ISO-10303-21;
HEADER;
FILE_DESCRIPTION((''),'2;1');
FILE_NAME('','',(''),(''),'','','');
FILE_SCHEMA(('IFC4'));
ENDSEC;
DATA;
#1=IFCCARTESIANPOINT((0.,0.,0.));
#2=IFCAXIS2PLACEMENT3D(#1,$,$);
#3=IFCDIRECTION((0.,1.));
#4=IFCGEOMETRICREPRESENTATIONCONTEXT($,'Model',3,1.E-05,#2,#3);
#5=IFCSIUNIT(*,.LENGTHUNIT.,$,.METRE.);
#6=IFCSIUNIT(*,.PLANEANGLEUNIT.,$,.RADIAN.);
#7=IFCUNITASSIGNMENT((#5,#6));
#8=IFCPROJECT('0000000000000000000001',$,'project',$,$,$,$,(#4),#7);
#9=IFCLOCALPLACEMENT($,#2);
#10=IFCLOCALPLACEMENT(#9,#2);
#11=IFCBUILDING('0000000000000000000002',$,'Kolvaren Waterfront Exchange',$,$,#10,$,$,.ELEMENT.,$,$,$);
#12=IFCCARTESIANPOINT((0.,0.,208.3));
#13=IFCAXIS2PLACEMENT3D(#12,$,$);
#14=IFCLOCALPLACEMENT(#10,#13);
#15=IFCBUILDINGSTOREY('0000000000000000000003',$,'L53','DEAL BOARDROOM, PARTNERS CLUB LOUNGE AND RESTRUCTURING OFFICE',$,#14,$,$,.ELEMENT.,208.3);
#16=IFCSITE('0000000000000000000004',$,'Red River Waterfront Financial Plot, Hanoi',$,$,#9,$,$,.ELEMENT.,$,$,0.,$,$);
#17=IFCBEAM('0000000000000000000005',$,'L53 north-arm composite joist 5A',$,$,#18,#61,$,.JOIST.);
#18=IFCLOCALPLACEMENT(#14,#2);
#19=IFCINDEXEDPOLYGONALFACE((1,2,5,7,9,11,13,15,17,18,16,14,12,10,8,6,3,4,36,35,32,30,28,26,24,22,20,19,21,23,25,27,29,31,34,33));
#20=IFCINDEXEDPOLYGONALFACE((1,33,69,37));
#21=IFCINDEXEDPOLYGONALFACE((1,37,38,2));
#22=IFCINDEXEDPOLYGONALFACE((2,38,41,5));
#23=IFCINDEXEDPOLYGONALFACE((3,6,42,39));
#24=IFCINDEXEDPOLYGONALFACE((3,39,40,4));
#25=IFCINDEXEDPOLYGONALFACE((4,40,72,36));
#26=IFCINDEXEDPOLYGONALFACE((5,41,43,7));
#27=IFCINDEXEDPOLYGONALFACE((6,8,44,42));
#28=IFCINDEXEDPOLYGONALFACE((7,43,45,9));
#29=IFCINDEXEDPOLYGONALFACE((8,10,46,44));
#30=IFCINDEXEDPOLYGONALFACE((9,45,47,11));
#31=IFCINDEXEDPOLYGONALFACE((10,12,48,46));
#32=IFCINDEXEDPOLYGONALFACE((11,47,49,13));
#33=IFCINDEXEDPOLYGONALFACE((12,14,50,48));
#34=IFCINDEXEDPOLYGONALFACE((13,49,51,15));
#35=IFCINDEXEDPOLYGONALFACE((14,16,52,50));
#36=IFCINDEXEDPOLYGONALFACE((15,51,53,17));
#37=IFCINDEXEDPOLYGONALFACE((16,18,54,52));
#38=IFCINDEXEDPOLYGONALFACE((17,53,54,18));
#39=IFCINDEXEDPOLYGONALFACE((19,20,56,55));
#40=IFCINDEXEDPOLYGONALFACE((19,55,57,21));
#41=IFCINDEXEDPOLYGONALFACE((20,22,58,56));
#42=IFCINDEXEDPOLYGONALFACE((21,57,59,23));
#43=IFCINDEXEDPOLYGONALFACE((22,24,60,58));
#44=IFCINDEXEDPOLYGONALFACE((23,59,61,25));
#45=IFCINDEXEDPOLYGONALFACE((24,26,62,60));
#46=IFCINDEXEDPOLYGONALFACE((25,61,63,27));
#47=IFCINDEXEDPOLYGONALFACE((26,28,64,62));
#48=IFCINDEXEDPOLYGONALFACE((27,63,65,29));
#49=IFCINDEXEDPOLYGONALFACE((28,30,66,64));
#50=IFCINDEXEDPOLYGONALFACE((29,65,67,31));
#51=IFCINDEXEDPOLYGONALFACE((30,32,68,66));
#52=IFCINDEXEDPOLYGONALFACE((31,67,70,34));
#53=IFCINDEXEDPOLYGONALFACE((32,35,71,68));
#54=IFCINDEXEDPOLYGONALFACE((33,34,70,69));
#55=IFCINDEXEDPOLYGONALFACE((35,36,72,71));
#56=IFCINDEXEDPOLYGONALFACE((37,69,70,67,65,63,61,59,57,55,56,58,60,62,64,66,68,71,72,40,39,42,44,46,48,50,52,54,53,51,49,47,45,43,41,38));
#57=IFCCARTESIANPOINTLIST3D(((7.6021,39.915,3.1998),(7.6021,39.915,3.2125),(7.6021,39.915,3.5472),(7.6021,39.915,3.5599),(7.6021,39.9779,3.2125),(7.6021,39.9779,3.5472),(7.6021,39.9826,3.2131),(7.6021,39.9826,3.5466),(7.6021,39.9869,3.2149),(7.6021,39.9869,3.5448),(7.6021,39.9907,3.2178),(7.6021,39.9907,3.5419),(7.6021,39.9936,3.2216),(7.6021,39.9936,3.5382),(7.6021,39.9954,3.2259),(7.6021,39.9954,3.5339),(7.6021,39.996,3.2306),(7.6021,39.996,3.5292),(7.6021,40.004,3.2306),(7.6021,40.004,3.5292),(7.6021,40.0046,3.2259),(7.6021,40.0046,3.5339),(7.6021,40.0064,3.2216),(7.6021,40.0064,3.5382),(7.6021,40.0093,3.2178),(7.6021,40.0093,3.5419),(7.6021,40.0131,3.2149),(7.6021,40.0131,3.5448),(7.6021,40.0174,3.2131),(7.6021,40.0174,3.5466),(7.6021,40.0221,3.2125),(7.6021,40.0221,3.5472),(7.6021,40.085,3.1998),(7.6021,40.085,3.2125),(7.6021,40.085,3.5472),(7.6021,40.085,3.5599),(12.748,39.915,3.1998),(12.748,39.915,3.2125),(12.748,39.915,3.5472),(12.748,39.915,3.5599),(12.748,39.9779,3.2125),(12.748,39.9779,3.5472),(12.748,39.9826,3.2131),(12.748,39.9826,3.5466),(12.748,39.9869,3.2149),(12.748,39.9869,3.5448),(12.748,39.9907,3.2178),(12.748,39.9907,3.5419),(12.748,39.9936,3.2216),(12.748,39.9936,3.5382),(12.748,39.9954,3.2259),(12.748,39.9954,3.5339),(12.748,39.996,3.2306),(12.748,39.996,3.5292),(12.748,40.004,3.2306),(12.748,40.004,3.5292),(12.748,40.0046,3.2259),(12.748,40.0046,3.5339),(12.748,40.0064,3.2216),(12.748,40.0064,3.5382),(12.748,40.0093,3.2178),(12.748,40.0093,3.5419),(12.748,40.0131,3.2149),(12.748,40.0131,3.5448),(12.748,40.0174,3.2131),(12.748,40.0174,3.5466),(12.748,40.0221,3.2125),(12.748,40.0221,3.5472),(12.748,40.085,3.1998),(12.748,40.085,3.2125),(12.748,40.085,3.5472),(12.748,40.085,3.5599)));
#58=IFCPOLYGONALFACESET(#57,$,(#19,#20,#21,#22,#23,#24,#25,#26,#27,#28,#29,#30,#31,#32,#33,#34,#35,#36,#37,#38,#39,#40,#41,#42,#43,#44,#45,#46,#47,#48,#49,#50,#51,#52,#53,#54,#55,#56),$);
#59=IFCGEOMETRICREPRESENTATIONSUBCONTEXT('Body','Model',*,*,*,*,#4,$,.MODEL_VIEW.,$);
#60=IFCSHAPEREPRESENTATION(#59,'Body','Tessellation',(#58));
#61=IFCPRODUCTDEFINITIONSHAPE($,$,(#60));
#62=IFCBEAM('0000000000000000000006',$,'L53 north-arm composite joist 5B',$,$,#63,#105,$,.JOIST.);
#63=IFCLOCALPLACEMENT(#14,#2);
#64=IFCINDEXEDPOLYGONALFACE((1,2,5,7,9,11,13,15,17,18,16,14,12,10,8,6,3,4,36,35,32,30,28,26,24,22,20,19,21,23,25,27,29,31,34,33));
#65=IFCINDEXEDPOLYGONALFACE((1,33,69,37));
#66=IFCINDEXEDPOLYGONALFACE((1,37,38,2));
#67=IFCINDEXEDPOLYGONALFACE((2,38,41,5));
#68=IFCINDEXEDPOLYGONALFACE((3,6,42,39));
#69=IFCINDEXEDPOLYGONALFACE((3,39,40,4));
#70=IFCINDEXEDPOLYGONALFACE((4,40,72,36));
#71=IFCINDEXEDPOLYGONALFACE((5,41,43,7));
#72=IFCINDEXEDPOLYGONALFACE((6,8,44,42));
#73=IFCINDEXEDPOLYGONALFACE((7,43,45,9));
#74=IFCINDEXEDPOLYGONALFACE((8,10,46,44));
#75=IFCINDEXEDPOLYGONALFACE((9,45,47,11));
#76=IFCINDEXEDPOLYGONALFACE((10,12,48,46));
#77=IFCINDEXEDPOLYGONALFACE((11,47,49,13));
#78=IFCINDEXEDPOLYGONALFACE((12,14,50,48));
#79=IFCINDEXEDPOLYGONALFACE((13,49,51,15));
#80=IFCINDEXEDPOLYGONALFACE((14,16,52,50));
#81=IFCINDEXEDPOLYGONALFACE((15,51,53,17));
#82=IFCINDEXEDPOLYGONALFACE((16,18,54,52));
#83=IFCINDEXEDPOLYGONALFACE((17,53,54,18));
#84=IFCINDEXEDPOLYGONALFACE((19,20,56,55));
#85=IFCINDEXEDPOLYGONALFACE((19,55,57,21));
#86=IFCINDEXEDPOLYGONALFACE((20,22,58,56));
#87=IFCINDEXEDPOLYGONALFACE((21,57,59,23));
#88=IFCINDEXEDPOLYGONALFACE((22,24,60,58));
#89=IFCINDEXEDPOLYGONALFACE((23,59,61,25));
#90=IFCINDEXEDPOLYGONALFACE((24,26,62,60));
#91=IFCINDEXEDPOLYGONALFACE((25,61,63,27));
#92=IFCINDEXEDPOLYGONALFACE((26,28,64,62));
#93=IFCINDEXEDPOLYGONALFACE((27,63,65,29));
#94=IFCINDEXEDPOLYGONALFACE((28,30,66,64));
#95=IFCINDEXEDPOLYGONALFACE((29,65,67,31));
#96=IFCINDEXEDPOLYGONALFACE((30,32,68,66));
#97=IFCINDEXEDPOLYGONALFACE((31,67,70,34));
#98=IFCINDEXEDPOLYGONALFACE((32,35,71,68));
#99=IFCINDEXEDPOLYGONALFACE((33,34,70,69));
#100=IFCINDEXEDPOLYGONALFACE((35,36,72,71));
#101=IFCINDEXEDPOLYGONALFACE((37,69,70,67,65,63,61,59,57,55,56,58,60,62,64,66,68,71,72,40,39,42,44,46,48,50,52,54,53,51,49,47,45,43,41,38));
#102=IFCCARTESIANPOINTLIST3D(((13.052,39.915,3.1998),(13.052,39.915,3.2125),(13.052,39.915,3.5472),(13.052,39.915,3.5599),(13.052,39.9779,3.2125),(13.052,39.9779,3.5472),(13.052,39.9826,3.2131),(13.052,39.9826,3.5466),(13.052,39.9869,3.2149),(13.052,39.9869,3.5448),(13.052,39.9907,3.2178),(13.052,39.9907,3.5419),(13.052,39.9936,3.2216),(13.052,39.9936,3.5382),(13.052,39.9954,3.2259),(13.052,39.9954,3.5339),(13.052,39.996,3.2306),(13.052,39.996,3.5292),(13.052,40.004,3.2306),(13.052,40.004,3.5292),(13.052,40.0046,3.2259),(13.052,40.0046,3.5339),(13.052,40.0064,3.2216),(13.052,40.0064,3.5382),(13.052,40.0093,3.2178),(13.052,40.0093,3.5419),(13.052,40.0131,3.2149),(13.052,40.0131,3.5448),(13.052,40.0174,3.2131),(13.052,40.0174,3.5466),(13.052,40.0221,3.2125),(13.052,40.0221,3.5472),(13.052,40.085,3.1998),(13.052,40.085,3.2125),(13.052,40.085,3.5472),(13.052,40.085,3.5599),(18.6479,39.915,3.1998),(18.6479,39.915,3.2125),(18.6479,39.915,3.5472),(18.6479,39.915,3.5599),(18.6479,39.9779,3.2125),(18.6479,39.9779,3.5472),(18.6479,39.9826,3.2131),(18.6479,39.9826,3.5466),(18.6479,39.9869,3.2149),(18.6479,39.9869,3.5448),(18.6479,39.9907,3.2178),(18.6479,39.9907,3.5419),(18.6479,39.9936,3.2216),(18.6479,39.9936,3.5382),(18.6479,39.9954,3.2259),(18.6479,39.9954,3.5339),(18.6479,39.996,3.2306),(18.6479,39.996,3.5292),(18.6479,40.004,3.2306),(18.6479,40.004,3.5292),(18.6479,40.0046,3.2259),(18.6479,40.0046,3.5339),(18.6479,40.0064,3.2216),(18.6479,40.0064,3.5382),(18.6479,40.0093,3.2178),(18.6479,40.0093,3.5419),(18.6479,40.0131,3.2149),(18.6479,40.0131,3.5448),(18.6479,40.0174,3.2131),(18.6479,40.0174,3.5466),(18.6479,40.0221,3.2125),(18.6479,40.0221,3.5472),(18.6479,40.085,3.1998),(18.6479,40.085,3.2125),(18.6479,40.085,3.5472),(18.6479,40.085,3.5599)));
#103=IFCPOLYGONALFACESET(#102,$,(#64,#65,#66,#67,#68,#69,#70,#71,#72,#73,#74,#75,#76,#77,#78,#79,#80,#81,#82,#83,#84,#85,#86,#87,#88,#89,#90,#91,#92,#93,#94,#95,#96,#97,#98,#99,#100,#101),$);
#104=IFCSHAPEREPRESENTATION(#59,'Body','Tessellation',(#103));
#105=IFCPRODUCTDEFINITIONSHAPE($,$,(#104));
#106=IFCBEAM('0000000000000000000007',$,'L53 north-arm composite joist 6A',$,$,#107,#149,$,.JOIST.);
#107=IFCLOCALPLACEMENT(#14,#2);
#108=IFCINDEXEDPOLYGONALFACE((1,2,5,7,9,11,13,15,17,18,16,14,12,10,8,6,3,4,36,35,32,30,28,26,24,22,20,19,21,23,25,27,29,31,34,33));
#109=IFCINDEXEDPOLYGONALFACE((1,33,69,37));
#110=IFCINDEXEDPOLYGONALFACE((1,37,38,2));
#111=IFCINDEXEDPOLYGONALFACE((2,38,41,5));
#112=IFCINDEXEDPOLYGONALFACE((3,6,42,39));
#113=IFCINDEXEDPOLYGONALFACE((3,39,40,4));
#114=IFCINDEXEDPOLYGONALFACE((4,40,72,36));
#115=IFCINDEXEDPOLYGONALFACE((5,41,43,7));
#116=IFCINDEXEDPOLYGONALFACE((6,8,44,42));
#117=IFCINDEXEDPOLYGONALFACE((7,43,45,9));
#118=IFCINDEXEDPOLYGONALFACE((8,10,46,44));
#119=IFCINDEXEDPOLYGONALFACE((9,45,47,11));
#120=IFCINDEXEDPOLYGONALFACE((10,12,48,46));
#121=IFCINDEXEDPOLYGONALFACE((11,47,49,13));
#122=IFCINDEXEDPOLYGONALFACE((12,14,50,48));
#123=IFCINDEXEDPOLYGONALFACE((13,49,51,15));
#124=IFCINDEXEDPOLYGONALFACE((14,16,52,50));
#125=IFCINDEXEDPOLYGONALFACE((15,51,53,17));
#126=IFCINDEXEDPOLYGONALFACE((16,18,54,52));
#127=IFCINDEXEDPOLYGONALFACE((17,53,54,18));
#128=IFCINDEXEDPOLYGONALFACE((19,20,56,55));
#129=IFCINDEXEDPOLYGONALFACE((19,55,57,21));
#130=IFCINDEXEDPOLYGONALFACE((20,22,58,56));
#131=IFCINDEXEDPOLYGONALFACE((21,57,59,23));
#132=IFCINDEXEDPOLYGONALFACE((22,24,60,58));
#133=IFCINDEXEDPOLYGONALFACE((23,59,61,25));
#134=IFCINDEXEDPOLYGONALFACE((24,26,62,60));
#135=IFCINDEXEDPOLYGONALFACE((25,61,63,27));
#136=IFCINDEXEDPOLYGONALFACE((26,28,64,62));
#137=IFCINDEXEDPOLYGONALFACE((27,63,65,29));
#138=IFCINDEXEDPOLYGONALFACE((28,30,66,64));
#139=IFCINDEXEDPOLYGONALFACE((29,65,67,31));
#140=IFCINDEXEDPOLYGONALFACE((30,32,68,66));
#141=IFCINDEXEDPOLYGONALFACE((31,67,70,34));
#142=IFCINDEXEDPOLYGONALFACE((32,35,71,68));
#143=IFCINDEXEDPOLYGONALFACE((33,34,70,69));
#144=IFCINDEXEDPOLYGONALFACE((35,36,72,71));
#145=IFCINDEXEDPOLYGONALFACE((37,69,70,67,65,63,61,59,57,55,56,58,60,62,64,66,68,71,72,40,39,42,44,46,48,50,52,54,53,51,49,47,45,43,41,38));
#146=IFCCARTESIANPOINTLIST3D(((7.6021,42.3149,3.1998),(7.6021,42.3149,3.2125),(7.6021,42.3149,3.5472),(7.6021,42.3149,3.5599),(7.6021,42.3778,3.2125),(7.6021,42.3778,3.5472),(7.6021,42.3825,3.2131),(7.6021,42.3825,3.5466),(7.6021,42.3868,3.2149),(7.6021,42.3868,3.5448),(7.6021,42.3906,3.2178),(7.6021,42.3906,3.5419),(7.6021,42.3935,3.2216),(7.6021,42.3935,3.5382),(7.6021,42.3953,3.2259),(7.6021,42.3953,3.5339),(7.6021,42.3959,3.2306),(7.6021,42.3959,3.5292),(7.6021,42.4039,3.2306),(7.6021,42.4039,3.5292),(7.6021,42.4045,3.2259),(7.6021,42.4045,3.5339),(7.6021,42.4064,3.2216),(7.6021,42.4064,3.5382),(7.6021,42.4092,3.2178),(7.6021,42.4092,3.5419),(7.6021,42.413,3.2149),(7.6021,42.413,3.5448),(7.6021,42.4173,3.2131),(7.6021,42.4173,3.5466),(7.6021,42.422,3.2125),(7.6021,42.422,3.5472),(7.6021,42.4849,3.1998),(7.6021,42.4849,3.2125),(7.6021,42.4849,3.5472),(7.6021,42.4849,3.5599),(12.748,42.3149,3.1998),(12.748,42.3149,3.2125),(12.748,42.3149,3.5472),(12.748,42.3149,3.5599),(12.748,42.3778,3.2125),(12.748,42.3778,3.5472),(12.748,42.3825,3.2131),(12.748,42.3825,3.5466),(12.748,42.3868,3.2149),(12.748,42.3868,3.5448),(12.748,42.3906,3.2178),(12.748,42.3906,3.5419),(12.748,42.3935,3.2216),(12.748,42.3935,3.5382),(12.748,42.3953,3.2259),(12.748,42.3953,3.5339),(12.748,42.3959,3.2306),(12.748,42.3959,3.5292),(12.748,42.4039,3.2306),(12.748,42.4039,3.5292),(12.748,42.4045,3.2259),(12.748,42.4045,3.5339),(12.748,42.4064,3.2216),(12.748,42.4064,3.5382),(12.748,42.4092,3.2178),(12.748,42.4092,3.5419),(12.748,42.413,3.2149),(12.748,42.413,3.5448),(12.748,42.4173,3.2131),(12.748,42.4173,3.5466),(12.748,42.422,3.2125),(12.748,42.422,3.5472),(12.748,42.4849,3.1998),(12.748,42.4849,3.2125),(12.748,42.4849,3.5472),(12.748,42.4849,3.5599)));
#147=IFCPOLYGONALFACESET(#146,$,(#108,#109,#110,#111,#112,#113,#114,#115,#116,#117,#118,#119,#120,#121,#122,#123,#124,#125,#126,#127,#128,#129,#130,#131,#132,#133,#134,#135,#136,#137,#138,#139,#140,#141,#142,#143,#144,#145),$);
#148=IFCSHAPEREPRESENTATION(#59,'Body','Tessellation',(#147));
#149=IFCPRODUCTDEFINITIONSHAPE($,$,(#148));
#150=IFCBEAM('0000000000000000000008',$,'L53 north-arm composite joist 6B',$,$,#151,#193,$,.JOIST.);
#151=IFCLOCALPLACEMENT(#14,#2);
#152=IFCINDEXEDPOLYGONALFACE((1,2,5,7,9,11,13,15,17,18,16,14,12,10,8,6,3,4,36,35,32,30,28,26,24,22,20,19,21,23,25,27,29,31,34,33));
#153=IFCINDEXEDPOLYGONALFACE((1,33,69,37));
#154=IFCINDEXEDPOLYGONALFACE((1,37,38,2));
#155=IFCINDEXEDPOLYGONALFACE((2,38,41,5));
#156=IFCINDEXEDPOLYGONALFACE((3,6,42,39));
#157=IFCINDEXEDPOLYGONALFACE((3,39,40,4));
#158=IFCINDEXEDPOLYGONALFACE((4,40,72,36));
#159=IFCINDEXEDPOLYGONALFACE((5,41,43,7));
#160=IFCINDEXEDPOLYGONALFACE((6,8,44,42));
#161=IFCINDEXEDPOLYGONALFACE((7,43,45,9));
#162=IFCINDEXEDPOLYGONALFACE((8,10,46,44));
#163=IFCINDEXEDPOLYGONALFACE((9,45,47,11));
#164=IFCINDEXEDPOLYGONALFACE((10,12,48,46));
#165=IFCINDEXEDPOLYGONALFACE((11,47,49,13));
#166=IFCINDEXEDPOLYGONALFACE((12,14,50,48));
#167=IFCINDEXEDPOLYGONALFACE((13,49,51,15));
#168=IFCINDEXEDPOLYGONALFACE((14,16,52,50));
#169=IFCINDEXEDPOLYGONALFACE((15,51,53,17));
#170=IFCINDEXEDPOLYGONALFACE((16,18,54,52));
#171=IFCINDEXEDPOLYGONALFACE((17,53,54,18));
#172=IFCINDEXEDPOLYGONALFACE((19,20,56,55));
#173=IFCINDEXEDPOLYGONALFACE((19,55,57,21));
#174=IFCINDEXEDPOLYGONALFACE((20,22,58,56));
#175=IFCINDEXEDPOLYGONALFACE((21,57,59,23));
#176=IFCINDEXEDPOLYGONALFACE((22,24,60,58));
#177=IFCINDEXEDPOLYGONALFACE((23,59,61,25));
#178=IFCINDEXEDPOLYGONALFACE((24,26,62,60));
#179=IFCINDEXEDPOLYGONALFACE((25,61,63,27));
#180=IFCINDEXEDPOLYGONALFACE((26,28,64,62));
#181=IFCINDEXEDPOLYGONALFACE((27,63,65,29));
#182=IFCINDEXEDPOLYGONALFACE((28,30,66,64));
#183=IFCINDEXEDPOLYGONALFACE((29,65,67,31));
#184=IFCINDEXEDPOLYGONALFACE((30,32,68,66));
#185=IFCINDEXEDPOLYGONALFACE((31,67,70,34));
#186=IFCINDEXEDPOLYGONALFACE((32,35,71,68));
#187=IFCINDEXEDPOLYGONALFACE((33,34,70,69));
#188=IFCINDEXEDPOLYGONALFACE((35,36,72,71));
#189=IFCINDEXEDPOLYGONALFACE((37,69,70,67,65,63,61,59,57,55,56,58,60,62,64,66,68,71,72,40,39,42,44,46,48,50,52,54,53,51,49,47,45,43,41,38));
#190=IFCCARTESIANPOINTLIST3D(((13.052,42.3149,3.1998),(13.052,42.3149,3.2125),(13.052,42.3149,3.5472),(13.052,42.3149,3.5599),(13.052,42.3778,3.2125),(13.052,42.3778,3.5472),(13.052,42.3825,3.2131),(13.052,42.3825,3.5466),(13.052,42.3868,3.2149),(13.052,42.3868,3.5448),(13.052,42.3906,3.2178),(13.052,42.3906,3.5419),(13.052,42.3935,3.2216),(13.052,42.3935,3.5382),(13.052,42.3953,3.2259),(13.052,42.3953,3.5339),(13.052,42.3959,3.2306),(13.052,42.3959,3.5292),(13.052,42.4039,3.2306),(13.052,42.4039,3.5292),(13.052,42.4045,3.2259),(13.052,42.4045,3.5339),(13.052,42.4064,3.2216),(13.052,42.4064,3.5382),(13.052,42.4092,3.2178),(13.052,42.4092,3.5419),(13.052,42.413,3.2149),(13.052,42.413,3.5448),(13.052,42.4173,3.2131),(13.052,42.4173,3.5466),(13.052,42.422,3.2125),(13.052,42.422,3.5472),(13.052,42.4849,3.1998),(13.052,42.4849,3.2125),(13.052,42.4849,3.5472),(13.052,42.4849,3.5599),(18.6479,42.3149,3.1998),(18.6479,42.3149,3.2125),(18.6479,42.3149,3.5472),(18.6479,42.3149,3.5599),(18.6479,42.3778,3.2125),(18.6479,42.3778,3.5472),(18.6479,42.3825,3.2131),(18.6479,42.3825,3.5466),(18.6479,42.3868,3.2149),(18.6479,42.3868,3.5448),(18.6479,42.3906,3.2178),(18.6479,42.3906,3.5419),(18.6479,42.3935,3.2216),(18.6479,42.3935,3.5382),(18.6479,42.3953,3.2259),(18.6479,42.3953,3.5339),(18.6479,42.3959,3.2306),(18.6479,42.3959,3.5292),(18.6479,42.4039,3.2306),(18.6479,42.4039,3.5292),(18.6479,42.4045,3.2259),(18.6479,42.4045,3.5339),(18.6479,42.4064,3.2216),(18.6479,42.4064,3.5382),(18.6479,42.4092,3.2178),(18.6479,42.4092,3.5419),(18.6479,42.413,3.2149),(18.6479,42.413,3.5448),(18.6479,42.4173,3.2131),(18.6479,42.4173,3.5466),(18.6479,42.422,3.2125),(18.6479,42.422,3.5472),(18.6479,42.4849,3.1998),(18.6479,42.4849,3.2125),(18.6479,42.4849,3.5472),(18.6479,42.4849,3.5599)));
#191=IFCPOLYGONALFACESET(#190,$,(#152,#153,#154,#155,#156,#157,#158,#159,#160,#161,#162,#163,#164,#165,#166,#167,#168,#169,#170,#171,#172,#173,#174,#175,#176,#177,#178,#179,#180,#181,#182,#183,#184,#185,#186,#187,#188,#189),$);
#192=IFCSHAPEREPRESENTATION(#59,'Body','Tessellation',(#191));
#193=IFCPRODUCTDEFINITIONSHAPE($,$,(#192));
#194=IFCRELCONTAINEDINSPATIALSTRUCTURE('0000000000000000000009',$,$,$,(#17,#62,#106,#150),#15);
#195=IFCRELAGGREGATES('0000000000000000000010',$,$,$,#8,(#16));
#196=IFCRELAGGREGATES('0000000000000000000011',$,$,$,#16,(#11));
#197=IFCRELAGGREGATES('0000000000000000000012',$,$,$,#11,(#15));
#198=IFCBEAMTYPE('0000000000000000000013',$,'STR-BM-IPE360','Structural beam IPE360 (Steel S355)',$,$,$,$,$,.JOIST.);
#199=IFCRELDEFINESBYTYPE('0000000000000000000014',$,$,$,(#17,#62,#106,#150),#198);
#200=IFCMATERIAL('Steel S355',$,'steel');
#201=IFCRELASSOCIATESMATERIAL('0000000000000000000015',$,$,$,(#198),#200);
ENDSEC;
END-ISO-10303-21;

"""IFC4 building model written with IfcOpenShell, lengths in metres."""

from ifc_helpers import new_model, si_unit, direction, frame, origin, origin_2d, place, context, subcontext, project, spatial, i_section, extrude, material, material_profile, profile_set, type_object, element, save


model = new_model("IFC4")

# Units and contexts
model_context = context("Model", 3, precision=1e-05, world=origin(), true_north=direction((0.0, 1.0)))
body_context = subcontext(model_context, "Body", "Model", "MODEL_VIEW")
ifc_project = project(units=[si_unit("LENGTHUNIT", "METRE"), si_unit("PLANEANGLEUNIT", "RADIAN")], contexts=[model_context])

# Site, building, storey
site_placement = place(None, origin())
site = spatial("IfcSite", under=ifc_project, at=site_placement, Name="Red River Waterfront Financial Plot, Hanoi", CompositionType="ELEMENT", RefElevation=0.0)
building_placement = place(site_placement, origin())
building = spatial("IfcBuilding", under=site, at=building_placement, Name="Kolvaren Waterfront Exchange", CompositionType="ELEMENT")
storey_placement = place(building_placement, frame((0.0, 0.0, 208.3)))
storey = spatial("IfcBuildingStorey", under=building, at=storey_placement, Name="L53", Description="DEAL BOARDROOM, PARTNERS CLUB LOUNGE AND RESTRUCTURING OFFICE", CompositionType="ELEMENT", Elevation=208.3)

# Beams
ifc_material_1 = material(Name="Steel S355", Category="steel")
ifc_material_profile_1 = material_profile(ifc_material_1, i_section(OverallWidth=0.1699, OverallDepth=0.3601, WebThickness=0.0081, FlangeThickness=0.0127, FilletRadius=0.0181, at=origin_2d()), Name="IPE360")
ifc_profile_set_1 = profile_set([ifc_material_profile_1], Name="Steel S355")
beam_type_1 = type_object("IfcBeamType", Name="STR-BM-IPE360", Description="Structural beam IPE360 (Steel S355)", PredefinedType="JOIST", material=ifc_profile_set_1)
beam_1_placement = place(storey_placement, frame((7.6021, 40.0, 3.3799), z_axis=(1.0, 0.0, 0.0), x_axis=(0.0, 1.0, 0.0)))
element("IfcBeam", 1, at=beam_1_placement, inside=storey, type_object=beam_type_1, Name="L53 north-arm composite joist 5A", PredefinedType="JOIST", context=body_context, shape_type="SweptSolid", body=[
    extrude(i_section(OverallWidth=0.1699, OverallDepth=0.3601, WebThickness=0.0081, FlangeThickness=0.0127, FilletRadius=0.0181, at=origin_2d()), origin(), (0.0, 0.0, 1.0), 5.146),
])
beam_2_placement = place(storey_placement, frame((13.052, 40.0, 3.3799), z_axis=(1.0, 0.0, 0.0), x_axis=(0.0, 1.0, 0.0)))
element("IfcBeam", 2, at=beam_2_placement, inside=storey, type_object=beam_type_1, Name="L53 north-arm composite joist 5B", PredefinedType="JOIST", context=body_context, shape_type="SweptSolid", body=[
    extrude(i_section(OverallWidth=0.1699, OverallDepth=0.3601, WebThickness=0.0081, FlangeThickness=0.0127, FilletRadius=0.0181, at=origin_2d()), origin(), (0.0, 0.0, 1.0), 5.5959),
])
beam_3_placement = place(storey_placement, frame((7.6021, 42.3999, 3.3799), z_axis=(1.0, 0.0, 0.0), x_axis=(0.0, 1.0, 0.0)))
element("IfcBeam", 3, at=beam_3_placement, inside=storey, type_object=beam_type_1, Name="L53 north-arm composite joist 6A", PredefinedType="JOIST", context=body_context, shape_type="SweptSolid", body=[
    extrude(i_section(OverallWidth=0.1699, OverallDepth=0.3601, WebThickness=0.0081, FlangeThickness=0.0127, FilletRadius=0.0181, at=origin_2d()), origin(), (0.0, 0.0, 1.0), 5.146),
])
beam_4_placement = place(storey_placement, frame((13.052, 42.3999, 3.3799), z_axis=(1.0, 0.0, 0.0), x_axis=(0.0, 1.0, 0.0)))
element("IfcBeam", 4, at=beam_4_placement, inside=storey, type_object=beam_type_1, Name="L53 north-arm composite joist 6B", PredefinedType="JOIST", context=body_context, shape_type="SweptSolid", body=[
    extrude(i_section(OverallWidth=0.1699, OverallDepth=0.3601, WebThickness=0.0081, FlangeThickness=0.0127, FilletRadius=0.0181, at=origin_2d()), origin(), (0.0, 0.0, 1.0), 5.5959),
])

save(model, "model.ifc")
